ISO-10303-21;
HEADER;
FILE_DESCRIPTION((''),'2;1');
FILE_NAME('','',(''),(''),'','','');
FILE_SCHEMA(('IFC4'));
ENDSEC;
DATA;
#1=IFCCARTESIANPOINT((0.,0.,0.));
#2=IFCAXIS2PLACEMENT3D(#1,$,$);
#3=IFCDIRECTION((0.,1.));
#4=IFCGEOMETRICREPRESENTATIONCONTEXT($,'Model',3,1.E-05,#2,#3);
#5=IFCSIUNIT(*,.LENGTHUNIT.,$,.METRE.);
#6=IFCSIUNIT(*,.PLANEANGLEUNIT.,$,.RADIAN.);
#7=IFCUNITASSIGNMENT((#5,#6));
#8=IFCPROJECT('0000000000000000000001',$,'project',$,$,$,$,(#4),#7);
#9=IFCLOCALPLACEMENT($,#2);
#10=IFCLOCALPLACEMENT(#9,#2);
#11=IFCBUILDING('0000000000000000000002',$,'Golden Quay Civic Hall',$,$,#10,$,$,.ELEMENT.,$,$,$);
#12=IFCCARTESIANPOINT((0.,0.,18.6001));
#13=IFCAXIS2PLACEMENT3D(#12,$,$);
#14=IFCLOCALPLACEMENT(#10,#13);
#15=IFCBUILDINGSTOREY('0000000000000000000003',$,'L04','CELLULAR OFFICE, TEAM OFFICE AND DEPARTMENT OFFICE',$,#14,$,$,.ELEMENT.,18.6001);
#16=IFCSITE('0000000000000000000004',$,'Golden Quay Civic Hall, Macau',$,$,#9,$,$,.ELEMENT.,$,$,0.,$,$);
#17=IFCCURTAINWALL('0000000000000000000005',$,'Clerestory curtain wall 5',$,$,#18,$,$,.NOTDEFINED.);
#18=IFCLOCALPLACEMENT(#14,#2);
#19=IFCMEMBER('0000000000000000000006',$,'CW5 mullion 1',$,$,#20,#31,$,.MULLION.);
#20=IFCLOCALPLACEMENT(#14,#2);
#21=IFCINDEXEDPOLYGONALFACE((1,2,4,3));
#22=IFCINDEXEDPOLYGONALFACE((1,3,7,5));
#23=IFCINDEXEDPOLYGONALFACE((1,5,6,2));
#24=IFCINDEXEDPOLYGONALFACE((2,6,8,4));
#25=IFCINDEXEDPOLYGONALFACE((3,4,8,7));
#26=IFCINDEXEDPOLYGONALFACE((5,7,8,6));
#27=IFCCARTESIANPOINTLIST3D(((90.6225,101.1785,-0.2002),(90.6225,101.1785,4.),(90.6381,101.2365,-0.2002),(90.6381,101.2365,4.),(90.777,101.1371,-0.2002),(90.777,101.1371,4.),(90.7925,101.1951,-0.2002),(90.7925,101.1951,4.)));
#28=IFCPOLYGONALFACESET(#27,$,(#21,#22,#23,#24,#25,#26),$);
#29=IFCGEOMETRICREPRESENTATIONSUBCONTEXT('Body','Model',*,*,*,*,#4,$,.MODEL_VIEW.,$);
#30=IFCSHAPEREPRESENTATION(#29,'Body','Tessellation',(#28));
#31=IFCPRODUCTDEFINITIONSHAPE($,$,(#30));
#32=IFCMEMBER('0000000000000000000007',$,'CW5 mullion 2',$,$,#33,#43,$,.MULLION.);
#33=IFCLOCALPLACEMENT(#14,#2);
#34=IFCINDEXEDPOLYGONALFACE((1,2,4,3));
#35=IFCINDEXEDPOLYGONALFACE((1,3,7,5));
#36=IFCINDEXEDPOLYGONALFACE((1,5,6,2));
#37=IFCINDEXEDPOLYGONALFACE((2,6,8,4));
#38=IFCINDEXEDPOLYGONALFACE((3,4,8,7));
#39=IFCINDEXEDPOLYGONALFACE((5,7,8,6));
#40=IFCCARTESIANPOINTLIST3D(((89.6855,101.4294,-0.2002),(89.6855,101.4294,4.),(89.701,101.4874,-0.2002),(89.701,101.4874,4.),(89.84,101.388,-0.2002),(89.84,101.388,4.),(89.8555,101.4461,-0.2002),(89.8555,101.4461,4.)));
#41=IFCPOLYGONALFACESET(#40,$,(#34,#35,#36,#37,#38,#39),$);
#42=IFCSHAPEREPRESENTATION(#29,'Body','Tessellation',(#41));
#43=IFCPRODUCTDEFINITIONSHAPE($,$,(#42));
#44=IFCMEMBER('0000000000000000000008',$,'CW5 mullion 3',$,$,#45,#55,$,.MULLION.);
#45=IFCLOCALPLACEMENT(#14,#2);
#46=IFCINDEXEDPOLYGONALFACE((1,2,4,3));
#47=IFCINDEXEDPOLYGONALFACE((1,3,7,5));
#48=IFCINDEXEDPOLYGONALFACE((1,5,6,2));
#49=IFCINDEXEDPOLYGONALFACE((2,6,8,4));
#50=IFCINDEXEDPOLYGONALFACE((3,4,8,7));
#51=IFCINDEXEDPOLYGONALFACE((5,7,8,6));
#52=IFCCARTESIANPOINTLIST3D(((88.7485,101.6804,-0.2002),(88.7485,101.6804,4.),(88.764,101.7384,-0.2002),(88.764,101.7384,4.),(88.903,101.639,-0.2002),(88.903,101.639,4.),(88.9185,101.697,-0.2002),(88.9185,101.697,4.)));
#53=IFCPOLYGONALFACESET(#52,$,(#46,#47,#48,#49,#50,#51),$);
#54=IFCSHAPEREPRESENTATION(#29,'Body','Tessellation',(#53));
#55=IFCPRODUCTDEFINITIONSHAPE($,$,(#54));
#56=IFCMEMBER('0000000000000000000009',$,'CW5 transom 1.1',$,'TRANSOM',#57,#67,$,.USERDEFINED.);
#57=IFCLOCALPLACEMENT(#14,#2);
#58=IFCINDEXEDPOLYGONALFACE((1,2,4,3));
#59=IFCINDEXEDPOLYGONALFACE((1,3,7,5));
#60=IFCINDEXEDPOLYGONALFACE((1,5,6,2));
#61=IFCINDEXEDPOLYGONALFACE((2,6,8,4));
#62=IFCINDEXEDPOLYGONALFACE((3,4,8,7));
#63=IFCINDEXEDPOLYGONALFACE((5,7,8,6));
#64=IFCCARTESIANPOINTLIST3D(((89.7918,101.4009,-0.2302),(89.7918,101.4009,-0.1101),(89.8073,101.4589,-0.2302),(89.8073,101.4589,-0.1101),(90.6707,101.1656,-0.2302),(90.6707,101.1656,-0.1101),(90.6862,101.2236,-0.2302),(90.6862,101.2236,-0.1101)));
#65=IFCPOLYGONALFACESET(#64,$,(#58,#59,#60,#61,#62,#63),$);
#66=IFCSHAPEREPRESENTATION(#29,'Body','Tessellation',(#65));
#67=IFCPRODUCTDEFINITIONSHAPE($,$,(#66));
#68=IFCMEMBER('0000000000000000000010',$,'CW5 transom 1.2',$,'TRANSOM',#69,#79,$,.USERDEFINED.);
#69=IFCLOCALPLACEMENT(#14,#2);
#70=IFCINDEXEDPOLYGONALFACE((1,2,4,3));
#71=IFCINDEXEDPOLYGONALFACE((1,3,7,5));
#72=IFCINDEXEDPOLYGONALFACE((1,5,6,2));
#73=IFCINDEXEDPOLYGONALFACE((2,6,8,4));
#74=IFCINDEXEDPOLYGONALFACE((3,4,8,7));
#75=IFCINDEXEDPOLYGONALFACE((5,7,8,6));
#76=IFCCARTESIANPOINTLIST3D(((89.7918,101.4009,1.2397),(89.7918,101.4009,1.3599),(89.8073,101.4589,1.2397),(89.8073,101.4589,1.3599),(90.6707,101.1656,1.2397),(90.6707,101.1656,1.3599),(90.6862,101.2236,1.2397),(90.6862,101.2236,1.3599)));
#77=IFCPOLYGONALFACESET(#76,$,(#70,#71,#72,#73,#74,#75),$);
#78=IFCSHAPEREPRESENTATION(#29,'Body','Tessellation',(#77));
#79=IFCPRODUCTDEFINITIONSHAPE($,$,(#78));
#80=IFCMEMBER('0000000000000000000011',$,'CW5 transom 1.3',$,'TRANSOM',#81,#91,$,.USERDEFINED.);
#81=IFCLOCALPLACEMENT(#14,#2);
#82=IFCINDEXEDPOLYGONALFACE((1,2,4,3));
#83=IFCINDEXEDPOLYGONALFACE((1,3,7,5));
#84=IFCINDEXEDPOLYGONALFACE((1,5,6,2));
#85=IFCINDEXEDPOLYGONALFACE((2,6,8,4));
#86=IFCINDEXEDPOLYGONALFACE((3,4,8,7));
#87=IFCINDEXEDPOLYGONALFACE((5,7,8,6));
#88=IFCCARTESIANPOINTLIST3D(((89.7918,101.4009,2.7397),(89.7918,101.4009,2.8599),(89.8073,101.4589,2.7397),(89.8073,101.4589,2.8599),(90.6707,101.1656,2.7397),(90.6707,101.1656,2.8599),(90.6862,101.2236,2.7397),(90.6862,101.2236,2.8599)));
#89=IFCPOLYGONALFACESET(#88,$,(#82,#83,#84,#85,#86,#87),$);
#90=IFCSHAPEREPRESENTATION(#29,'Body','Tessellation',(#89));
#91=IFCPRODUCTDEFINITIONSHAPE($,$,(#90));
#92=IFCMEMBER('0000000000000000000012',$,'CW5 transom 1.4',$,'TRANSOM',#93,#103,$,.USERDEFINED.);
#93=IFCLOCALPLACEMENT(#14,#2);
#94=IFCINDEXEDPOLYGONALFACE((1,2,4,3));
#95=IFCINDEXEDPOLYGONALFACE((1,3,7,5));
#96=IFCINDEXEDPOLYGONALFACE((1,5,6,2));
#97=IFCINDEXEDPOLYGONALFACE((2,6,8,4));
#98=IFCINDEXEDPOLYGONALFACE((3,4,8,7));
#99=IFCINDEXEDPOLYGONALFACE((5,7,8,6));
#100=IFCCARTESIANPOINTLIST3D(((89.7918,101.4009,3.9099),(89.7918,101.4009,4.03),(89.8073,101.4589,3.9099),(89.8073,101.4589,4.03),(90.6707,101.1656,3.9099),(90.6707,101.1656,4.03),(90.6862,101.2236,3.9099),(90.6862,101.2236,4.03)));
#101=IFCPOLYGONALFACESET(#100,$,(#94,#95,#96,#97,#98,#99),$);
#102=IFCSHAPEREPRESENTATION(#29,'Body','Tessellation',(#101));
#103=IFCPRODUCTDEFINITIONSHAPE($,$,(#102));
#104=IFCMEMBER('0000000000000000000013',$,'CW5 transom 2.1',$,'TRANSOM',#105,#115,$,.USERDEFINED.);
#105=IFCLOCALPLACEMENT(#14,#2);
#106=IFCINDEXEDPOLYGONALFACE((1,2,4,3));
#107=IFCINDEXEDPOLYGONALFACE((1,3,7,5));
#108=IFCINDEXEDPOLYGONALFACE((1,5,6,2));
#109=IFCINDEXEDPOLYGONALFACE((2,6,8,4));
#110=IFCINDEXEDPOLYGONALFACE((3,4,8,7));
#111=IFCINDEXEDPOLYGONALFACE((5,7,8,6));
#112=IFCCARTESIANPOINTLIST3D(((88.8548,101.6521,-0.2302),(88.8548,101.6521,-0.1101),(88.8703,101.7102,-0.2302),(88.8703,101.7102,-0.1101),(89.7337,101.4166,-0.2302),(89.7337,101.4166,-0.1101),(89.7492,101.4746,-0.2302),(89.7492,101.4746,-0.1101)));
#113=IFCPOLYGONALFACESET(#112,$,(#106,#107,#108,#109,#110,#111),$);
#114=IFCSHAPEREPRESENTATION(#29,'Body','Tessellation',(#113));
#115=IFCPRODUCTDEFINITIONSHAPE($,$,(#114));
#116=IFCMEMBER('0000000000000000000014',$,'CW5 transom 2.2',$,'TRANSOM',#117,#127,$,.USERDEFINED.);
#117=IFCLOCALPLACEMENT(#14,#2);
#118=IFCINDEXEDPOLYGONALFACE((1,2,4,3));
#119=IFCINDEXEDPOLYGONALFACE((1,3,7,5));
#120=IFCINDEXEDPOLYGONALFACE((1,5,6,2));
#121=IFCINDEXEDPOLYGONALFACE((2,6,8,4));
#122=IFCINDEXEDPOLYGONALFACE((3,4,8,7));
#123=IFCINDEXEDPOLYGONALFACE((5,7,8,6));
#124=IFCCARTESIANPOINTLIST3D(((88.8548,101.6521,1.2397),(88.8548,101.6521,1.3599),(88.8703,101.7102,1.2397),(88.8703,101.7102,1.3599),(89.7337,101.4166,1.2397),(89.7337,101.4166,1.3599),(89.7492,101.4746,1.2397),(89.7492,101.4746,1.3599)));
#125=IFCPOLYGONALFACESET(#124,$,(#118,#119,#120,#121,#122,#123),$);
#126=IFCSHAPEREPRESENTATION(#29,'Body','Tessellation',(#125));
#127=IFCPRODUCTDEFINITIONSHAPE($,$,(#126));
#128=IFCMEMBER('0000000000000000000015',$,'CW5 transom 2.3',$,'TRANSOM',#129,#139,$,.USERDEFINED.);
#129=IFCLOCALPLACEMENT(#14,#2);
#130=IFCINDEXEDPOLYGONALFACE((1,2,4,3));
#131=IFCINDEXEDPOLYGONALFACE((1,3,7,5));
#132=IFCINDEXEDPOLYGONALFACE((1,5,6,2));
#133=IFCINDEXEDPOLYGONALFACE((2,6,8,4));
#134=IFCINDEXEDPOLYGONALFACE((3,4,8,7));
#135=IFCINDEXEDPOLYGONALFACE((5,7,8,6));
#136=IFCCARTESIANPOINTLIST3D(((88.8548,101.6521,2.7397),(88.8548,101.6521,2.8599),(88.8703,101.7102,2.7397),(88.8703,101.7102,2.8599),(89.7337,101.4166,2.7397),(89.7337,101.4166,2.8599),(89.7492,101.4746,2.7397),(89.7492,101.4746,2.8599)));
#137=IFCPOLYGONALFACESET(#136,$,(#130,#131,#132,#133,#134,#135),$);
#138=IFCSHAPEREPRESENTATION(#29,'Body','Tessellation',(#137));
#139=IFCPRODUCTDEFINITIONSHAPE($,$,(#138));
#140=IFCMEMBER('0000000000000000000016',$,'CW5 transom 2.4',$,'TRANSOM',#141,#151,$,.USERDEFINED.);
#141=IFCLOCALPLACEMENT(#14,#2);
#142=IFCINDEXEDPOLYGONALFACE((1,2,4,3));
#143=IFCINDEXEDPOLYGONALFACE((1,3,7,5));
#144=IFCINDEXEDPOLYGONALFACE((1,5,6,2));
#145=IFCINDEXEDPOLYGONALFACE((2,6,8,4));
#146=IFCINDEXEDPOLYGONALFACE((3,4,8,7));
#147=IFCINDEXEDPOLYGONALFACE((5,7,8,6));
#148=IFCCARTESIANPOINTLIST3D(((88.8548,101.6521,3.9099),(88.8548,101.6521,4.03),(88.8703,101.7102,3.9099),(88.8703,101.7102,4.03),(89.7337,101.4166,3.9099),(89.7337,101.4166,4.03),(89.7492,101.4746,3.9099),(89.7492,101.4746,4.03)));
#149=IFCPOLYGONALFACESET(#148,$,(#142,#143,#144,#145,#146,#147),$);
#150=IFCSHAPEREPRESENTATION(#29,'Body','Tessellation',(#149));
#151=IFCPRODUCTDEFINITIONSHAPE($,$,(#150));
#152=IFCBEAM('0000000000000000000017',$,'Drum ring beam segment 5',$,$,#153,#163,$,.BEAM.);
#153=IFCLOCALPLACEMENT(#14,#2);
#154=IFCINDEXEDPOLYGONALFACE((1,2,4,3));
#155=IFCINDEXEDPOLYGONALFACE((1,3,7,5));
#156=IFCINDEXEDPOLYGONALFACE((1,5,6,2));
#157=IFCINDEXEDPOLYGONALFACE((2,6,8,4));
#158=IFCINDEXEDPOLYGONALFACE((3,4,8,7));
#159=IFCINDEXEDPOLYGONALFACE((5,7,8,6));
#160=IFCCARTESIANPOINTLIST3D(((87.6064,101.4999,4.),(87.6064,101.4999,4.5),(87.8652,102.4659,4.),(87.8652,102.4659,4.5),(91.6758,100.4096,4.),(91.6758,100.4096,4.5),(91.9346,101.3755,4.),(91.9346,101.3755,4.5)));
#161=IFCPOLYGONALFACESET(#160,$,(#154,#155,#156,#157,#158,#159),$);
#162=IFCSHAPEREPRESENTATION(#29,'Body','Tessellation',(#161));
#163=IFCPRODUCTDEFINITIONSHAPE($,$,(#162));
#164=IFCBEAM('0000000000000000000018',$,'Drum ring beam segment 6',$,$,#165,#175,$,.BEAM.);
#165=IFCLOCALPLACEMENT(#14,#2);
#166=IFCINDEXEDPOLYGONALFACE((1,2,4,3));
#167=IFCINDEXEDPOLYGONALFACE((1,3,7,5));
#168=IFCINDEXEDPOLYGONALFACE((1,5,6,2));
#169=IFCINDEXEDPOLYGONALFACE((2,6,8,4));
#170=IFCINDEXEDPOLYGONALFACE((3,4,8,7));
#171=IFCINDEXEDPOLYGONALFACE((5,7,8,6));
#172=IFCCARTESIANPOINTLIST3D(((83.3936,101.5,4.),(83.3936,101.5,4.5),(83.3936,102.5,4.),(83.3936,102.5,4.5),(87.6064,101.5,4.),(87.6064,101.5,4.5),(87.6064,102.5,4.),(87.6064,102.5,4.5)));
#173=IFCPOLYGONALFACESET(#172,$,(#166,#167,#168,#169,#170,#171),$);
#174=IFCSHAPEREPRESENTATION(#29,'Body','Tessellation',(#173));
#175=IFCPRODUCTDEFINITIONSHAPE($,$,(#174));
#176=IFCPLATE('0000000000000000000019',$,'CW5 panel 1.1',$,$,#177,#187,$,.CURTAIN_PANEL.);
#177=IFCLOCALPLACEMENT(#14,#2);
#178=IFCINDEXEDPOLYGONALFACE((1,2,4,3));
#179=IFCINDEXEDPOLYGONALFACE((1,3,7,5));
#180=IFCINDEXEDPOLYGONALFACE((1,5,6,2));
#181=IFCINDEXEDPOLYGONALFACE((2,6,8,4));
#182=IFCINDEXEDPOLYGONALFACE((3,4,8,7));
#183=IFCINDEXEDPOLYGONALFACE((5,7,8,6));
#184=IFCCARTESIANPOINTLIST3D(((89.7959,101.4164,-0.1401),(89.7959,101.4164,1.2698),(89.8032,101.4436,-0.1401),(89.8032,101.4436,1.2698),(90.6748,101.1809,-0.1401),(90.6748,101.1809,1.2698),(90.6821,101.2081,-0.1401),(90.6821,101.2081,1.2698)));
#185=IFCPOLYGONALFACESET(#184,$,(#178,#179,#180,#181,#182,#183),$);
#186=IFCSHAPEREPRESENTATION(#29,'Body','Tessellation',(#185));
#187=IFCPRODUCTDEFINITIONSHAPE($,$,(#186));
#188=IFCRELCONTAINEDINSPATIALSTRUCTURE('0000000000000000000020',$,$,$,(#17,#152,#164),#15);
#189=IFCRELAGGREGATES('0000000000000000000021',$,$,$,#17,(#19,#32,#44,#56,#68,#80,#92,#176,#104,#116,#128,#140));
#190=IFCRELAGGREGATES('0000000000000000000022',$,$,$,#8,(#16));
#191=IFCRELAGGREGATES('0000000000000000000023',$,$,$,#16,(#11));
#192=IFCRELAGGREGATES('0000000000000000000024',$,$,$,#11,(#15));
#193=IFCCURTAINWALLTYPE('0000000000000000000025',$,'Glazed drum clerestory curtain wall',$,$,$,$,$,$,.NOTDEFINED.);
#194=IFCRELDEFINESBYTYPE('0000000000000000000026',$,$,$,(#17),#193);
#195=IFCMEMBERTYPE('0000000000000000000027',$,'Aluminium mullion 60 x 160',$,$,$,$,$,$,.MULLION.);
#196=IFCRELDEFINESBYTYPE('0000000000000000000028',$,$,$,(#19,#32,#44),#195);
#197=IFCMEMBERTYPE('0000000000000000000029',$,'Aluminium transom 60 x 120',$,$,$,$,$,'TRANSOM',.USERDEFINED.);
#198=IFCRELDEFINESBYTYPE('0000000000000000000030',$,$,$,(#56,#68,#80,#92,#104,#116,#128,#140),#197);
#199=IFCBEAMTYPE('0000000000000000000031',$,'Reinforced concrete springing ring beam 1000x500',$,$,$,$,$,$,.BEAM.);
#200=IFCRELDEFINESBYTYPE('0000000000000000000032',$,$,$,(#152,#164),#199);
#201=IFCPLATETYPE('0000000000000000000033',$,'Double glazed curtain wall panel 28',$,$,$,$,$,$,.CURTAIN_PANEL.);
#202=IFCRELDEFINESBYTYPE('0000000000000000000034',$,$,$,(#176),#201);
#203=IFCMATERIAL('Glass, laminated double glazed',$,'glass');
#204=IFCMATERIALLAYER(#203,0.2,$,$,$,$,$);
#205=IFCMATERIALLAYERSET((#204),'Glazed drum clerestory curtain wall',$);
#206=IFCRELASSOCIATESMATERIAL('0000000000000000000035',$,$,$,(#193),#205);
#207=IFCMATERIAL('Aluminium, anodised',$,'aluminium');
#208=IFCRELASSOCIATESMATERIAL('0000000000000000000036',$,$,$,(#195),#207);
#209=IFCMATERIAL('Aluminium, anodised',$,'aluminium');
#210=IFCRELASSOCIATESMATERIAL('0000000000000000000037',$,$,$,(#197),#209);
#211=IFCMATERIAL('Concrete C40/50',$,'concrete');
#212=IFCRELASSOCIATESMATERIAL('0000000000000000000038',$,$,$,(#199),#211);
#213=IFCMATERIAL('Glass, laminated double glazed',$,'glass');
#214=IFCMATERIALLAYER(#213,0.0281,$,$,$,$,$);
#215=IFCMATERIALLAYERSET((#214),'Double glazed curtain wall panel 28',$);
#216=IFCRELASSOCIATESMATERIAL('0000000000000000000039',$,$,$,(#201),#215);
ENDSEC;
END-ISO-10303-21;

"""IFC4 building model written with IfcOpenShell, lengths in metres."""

from ifc_helpers import new_model, si_unit, direction, frame, origin, origin_2d, place, context, subcontext, project, spatial, rectangle, extrude, material, layer, layer_set, material_profile, profile_set, type_object, element, aggregate, save


model = new_model("IFC4")

# Units and contexts
model_context = context("Model", 3, precision=1e-05, world=origin(), true_north=direction((0.0, 1.0)))
body_context = subcontext(model_context, "Body", "Model", "MODEL_VIEW")
ifc_project = project(units=[si_unit("LENGTHUNIT", "METRE"), si_unit("PLANEANGLEUNIT", "RADIAN")], contexts=[model_context])

# Site, building, storey
site_placement = place(None, origin())
site = spatial("IfcSite", under=ifc_project, at=site_placement, Name="Golden Quay Civic Hall, Macau", CompositionType="ELEMENT", RefElevation=0.0)
building_placement = place(site_placement, origin())
building = spatial("IfcBuilding", under=site, at=building_placement, Name="Golden Quay Civic Hall", CompositionType="ELEMENT")
storey_placement = place(building_placement, frame((0.0, 0.0, 18.6001)))
storey = spatial("IfcBuildingStorey", under=building, at=storey_placement, Name="L04", Description="CELLULAR OFFICE, TEAM OFFICE AND DEPARTMENT OFFICE", CompositionType="ELEMENT", Elevation=18.6001)

# Curtain wall, members
ifc_material_1 = material(Name="Glass, laminated double glazed", Category="glass")
ifc_layer_1 = layer(ifc_material_1, 0.2)
ifc_layer_set_1 = layer_set([ifc_layer_1], Name="Glazed drum clerestory curtain wall")
curtain_wall_type = type_object("IfcCurtainWallType", Name="Glazed drum clerestory curtain wall", PredefinedType="NOTDEFINED", material=ifc_layer_set_1)
curtain_wall_placement = place(storey_placement, origin())
curtain_wall = element("IfcCurtainWall", 1, at=curtain_wall_placement, inside=storey, type_object=curtain_wall_type, Name="Clerestory curtain wall 5", PredefinedType="NOTDEFINED")
ifc_material_2 = material(Name="Aluminium, anodised", Category="aluminium")
ifc_material_profile_1 = material_profile(ifc_material_2, rectangle(XDim=0.0601, YDim=0.1599, at=origin_2d()), Name="Aluminium 60 x 160")
ifc_profile_set_1 = profile_set([ifc_material_profile_1], Name="Aluminium, anodised")
member_type_1 = type_object("IfcMemberType", Name="Aluminium mullion 60 x 160", PredefinedType="MULLION", material=ifc_profile_set_1)
member_1_placement = place(storey_placement, frame((90.7075, 101.1868, -0.2002), z_axis=(0.0, 0.0, 1.0), x_axis=(-0.258808, -0.965929, 0.0)))
member_1 = element("IfcMember", 2, at=member_1_placement, type_object=member_type_1, Name="CW5 mullion 1", PredefinedType="MULLION", context=body_context, shape_type="SweptSolid", body=[
    extrude(rectangle(XDim=0.0601, YDim=0.1599, at=origin_2d()), origin(), (0.0, 0.0, 1.0), 4.2002),
])
member_2_placement = place(storey_placement, frame((89.7705, 101.4377, -0.2002), z_axis=(0.0, 0.0, 1.0), x_axis=(-0.258808, -0.965929, 0.0)))
member_2 = element("IfcMember", 3, at=member_2_placement, type_object=member_type_1, Name="CW5 mullion 2", PredefinedType="MULLION", context=body_context, shape_type="SweptSolid", body=[
    extrude(rectangle(XDim=0.0601, YDim=0.1599, at=origin_2d()), origin(), (0.0, 0.0, 1.0), 4.2002),
])
member_3_placement = place(storey_placement, frame((88.8335, 101.6887, -0.2002), z_axis=(0.0, 0.0, 1.0), x_axis=(-0.258808, -0.965929, 0.0)))
member_3 = element("IfcMember", 4, at=member_3_placement, type_object=member_type_1, Name="CW5 mullion 3", PredefinedType="MULLION", context=body_context, shape_type="SweptSolid", body=[
    extrude(rectangle(XDim=0.0601, YDim=0.1599, at=origin_2d()), origin(), (0.0, 0.0, 1.0), 4.2002),
])
ifc_material_3 = material(Name="Aluminium, anodised", Category="aluminium")
ifc_material_profile_2 = material_profile(ifc_material_3, rectangle(XDim=0.0601, YDim=0.1201, at=origin_2d()), Name="Aluminium 60 x 120")
ifc_profile_set_2 = profile_set([ifc_material_profile_2], Name="Aluminium, anodised")
member_type_2 = type_object("IfcMemberType", Name="Aluminium transom 60 x 120", ElementType="TRANSOM", PredefinedType="USERDEFINED", material=ifc_profile_set_2)
member_4_placement = place(storey_placement, frame((90.6785, 101.1946, -0.1702), z_axis=(-0.965967, 0.258665, 0.0), x_axis=(-0.258665, -0.965967, 0.0)))
member_4 = element("IfcMember", 5, at=member_4_placement, type_object=member_type_2, Name="CW5 transom 1.1", ObjectType="TRANSOM", PredefinedType="USERDEFINED", context=body_context, shape_type="SweptSolid", body=[
    extrude(rectangle(XDim=0.0601, YDim=0.1201, at=origin_2d()), origin(), (0.0, 0.0, 1.0), 0.9099),
])
member_5_placement = place(storey_placement, frame((90.6785, 101.1946, 1.2998), z_axis=(-0.965967, 0.258665, 0.0), x_axis=(-0.258665, -0.965967, 0.0)))
member_5 = element("IfcMember", 6, at=member_5_placement, type_object=member_type_2, Name="CW5 transom 1.2", ObjectType="TRANSOM", PredefinedType="USERDEFINED", context=body_context, shape_type="SweptSolid", body=[
    extrude(rectangle(XDim=0.0601, YDim=0.1201, at=origin_2d()), origin(), (0.0, 0.0, 1.0), 0.9099),
])
member_6_placement = place(storey_placement, frame((90.6785, 101.1946, 2.7998), z_axis=(-0.965967, 0.258665, 0.0), x_axis=(-0.258665, -0.965967, 0.0)))
member_6 = element("IfcMember", 7, at=member_6_placement, type_object=member_type_2, Name="CW5 transom 1.3", ObjectType="TRANSOM", PredefinedType="USERDEFINED", context=body_context, shape_type="SweptSolid", body=[
    extrude(rectangle(XDim=0.0601, YDim=0.1201, at=origin_2d()), origin(), (0.0, 0.0, 1.0), 0.9099),
])
member_7_placement = place(storey_placement, frame((90.6785, 101.1946, 3.97), z_axis=(-0.965967, 0.258665, 0.0), x_axis=(-0.258665, -0.965967, 0.0)))
member_7 = element("IfcMember", 8, at=member_7_placement, type_object=member_type_2, Name="CW5 transom 1.4", ObjectType="TRANSOM", PredefinedType="USERDEFINED", context=body_context, shape_type="SweptSolid", body=[
    extrude(rectangle(XDim=0.0601, YDim=0.1201, at=origin_2d()), origin(), (0.0, 0.0, 1.0), 0.9099),
])
member_8_placement = place(storey_placement, frame((89.7415, 101.4456, -0.1702), z_axis=(-0.9659, 0.258915, 0.0), x_axis=(-0.258915, -0.9659, 0.0)))
member_8 = element("IfcMember", 9, at=member_8_placement, type_object=member_type_2, Name="CW5 transom 2.1", ObjectType="TRANSOM", PredefinedType="USERDEFINED", context=body_context, shape_type="SweptSolid", body=[
    extrude(rectangle(XDim=0.0601, YDim=0.1201, at=origin_2d()), origin(), (0.0, 0.0, 1.0), 0.9099),
])
member_9_placement = place(storey_placement, frame((89.7415, 101.4456, 1.2998), z_axis=(-0.9659, 0.258915, 0.0), x_axis=(-0.258915, -0.9659, 0.0)))
member_9 = element("IfcMember", 10, at=member_9_placement, type_object=member_type_2, Name="CW5 transom 2.2", ObjectType="TRANSOM", PredefinedType="USERDEFINED", context=body_context, shape_type="SweptSolid", body=[
    extrude(rectangle(XDim=0.0601, YDim=0.1201, at=origin_2d()), origin(), (0.0, 0.0, 1.0), 0.9099),
])
member_10_placement = place(storey_placement, frame((89.7415, 101.4456, 2.7998), z_axis=(-0.9659, 0.258915, 0.0), x_axis=(-0.258915, -0.9659, 0.0)))
member_10 = element("IfcMember", 11, at=member_10_placement, type_object=member_type_2, Name="CW5 transom 2.3", ObjectType="TRANSOM", PredefinedType="USERDEFINED", context=body_context, shape_type="SweptSolid", body=[
    extrude(rectangle(XDim=0.0601, YDim=0.1201, at=origin_2d()), origin(), (0.0, 0.0, 1.0), 0.9099),
])
member_11_placement = place(storey_placement, frame((89.7415, 101.4456, 3.97), z_axis=(-0.9659, 0.258915, 0.0), x_axis=(-0.258915, -0.9659, 0.0)))
member_11 = element("IfcMember", 12, at=member_11_placement, type_object=member_type_2, Name="CW5 transom 2.4", ObjectType="TRANSOM", PredefinedType="USERDEFINED", context=body_context, shape_type="SweptSolid", body=[
    extrude(rectangle(XDim=0.0601, YDim=0.1201, at=origin_2d()), origin(), (0.0, 0.0, 1.0), 0.9099),
])

# Beams
ifc_material_4 = material(Name="Concrete C40/50", Category="concrete")
ifc_material_profile_3 = material_profile(ifc_material_4, rectangle(XDim=1.0, YDim=0.5, at=origin_2d()), Name="RC 1000x500")
ifc_profile_set_3 = profile_set([ifc_material_profile_3], Name="Concrete C40/50")
beam_type = type_object("IfcBeamType", Name="Reinforced concrete springing ring beam 1000x500", PredefinedType="BEAM", material=ifc_profile_set_3)
for number, where, z_axis, x_axis, name in (
    (13, (91.8052, 100.8926, 4.25), (-0.965928, 0.258809, 0.0), (-0.258809, -0.965928, 0.0), "Drum ring beam segment 5"),
    (14, (87.6064, 102.0, 4.25), (-1.0, 0.0, 0.0), (0.0, -1.0, 0.0), "Drum ring beam segment 6"),
):
    element("IfcBeam", number, at=place(storey_placement, frame(where, z_axis=z_axis, x_axis=x_axis)), inside=storey, type_object=beam_type, Name=name, PredefinedType="BEAM", context=body_context, shape_type="SweptSolid", body=[
        extrude(rectangle(XDim=1.0, YDim=0.5, at=origin_2d()), origin(), (0.0, 0.0, 1.0), 4.2129),
    ])

# Plate
ifc_material_5 = material(Name="Glass, laminated double glazed", Category="glass")
ifc_layer_2 = layer(ifc_material_5, 0.0281)
ifc_layer_set_2 = layer_set([ifc_layer_2], Name="Double glazed curtain wall panel 28")
plate_type = type_object("IfcPlateType", Name="Double glazed curtain wall panel 28", PredefinedType="CURTAIN_PANEL", material=ifc_layer_set_2)
plate_1_placement = place(storey_placement, frame((90.239, 101.3123, -0.1401), z_axis=(0.0, 0.0, 1.0), x_axis=(-0.965929, 0.258808, 0.0)))
plate_1 = element("IfcPlate", 15, at=plate_1_placement, type_object=plate_type, Name="CW5 panel 1.1", PredefinedType="CURTAIN_PANEL", context=body_context, shape_type="SweptSolid", body=[
    extrude(rectangle(XDim=0.9099, YDim=0.0281, at=origin_2d()), origin(), (0.0, 0.0, 1.0), 1.4099),
])
aggregate(curtain_wall, [member_1, member_2, member_3, member_4, member_5, member_6, member_7, plate_1, member_8, member_9, member_10, member_11])

save(model, "model.ifc")
